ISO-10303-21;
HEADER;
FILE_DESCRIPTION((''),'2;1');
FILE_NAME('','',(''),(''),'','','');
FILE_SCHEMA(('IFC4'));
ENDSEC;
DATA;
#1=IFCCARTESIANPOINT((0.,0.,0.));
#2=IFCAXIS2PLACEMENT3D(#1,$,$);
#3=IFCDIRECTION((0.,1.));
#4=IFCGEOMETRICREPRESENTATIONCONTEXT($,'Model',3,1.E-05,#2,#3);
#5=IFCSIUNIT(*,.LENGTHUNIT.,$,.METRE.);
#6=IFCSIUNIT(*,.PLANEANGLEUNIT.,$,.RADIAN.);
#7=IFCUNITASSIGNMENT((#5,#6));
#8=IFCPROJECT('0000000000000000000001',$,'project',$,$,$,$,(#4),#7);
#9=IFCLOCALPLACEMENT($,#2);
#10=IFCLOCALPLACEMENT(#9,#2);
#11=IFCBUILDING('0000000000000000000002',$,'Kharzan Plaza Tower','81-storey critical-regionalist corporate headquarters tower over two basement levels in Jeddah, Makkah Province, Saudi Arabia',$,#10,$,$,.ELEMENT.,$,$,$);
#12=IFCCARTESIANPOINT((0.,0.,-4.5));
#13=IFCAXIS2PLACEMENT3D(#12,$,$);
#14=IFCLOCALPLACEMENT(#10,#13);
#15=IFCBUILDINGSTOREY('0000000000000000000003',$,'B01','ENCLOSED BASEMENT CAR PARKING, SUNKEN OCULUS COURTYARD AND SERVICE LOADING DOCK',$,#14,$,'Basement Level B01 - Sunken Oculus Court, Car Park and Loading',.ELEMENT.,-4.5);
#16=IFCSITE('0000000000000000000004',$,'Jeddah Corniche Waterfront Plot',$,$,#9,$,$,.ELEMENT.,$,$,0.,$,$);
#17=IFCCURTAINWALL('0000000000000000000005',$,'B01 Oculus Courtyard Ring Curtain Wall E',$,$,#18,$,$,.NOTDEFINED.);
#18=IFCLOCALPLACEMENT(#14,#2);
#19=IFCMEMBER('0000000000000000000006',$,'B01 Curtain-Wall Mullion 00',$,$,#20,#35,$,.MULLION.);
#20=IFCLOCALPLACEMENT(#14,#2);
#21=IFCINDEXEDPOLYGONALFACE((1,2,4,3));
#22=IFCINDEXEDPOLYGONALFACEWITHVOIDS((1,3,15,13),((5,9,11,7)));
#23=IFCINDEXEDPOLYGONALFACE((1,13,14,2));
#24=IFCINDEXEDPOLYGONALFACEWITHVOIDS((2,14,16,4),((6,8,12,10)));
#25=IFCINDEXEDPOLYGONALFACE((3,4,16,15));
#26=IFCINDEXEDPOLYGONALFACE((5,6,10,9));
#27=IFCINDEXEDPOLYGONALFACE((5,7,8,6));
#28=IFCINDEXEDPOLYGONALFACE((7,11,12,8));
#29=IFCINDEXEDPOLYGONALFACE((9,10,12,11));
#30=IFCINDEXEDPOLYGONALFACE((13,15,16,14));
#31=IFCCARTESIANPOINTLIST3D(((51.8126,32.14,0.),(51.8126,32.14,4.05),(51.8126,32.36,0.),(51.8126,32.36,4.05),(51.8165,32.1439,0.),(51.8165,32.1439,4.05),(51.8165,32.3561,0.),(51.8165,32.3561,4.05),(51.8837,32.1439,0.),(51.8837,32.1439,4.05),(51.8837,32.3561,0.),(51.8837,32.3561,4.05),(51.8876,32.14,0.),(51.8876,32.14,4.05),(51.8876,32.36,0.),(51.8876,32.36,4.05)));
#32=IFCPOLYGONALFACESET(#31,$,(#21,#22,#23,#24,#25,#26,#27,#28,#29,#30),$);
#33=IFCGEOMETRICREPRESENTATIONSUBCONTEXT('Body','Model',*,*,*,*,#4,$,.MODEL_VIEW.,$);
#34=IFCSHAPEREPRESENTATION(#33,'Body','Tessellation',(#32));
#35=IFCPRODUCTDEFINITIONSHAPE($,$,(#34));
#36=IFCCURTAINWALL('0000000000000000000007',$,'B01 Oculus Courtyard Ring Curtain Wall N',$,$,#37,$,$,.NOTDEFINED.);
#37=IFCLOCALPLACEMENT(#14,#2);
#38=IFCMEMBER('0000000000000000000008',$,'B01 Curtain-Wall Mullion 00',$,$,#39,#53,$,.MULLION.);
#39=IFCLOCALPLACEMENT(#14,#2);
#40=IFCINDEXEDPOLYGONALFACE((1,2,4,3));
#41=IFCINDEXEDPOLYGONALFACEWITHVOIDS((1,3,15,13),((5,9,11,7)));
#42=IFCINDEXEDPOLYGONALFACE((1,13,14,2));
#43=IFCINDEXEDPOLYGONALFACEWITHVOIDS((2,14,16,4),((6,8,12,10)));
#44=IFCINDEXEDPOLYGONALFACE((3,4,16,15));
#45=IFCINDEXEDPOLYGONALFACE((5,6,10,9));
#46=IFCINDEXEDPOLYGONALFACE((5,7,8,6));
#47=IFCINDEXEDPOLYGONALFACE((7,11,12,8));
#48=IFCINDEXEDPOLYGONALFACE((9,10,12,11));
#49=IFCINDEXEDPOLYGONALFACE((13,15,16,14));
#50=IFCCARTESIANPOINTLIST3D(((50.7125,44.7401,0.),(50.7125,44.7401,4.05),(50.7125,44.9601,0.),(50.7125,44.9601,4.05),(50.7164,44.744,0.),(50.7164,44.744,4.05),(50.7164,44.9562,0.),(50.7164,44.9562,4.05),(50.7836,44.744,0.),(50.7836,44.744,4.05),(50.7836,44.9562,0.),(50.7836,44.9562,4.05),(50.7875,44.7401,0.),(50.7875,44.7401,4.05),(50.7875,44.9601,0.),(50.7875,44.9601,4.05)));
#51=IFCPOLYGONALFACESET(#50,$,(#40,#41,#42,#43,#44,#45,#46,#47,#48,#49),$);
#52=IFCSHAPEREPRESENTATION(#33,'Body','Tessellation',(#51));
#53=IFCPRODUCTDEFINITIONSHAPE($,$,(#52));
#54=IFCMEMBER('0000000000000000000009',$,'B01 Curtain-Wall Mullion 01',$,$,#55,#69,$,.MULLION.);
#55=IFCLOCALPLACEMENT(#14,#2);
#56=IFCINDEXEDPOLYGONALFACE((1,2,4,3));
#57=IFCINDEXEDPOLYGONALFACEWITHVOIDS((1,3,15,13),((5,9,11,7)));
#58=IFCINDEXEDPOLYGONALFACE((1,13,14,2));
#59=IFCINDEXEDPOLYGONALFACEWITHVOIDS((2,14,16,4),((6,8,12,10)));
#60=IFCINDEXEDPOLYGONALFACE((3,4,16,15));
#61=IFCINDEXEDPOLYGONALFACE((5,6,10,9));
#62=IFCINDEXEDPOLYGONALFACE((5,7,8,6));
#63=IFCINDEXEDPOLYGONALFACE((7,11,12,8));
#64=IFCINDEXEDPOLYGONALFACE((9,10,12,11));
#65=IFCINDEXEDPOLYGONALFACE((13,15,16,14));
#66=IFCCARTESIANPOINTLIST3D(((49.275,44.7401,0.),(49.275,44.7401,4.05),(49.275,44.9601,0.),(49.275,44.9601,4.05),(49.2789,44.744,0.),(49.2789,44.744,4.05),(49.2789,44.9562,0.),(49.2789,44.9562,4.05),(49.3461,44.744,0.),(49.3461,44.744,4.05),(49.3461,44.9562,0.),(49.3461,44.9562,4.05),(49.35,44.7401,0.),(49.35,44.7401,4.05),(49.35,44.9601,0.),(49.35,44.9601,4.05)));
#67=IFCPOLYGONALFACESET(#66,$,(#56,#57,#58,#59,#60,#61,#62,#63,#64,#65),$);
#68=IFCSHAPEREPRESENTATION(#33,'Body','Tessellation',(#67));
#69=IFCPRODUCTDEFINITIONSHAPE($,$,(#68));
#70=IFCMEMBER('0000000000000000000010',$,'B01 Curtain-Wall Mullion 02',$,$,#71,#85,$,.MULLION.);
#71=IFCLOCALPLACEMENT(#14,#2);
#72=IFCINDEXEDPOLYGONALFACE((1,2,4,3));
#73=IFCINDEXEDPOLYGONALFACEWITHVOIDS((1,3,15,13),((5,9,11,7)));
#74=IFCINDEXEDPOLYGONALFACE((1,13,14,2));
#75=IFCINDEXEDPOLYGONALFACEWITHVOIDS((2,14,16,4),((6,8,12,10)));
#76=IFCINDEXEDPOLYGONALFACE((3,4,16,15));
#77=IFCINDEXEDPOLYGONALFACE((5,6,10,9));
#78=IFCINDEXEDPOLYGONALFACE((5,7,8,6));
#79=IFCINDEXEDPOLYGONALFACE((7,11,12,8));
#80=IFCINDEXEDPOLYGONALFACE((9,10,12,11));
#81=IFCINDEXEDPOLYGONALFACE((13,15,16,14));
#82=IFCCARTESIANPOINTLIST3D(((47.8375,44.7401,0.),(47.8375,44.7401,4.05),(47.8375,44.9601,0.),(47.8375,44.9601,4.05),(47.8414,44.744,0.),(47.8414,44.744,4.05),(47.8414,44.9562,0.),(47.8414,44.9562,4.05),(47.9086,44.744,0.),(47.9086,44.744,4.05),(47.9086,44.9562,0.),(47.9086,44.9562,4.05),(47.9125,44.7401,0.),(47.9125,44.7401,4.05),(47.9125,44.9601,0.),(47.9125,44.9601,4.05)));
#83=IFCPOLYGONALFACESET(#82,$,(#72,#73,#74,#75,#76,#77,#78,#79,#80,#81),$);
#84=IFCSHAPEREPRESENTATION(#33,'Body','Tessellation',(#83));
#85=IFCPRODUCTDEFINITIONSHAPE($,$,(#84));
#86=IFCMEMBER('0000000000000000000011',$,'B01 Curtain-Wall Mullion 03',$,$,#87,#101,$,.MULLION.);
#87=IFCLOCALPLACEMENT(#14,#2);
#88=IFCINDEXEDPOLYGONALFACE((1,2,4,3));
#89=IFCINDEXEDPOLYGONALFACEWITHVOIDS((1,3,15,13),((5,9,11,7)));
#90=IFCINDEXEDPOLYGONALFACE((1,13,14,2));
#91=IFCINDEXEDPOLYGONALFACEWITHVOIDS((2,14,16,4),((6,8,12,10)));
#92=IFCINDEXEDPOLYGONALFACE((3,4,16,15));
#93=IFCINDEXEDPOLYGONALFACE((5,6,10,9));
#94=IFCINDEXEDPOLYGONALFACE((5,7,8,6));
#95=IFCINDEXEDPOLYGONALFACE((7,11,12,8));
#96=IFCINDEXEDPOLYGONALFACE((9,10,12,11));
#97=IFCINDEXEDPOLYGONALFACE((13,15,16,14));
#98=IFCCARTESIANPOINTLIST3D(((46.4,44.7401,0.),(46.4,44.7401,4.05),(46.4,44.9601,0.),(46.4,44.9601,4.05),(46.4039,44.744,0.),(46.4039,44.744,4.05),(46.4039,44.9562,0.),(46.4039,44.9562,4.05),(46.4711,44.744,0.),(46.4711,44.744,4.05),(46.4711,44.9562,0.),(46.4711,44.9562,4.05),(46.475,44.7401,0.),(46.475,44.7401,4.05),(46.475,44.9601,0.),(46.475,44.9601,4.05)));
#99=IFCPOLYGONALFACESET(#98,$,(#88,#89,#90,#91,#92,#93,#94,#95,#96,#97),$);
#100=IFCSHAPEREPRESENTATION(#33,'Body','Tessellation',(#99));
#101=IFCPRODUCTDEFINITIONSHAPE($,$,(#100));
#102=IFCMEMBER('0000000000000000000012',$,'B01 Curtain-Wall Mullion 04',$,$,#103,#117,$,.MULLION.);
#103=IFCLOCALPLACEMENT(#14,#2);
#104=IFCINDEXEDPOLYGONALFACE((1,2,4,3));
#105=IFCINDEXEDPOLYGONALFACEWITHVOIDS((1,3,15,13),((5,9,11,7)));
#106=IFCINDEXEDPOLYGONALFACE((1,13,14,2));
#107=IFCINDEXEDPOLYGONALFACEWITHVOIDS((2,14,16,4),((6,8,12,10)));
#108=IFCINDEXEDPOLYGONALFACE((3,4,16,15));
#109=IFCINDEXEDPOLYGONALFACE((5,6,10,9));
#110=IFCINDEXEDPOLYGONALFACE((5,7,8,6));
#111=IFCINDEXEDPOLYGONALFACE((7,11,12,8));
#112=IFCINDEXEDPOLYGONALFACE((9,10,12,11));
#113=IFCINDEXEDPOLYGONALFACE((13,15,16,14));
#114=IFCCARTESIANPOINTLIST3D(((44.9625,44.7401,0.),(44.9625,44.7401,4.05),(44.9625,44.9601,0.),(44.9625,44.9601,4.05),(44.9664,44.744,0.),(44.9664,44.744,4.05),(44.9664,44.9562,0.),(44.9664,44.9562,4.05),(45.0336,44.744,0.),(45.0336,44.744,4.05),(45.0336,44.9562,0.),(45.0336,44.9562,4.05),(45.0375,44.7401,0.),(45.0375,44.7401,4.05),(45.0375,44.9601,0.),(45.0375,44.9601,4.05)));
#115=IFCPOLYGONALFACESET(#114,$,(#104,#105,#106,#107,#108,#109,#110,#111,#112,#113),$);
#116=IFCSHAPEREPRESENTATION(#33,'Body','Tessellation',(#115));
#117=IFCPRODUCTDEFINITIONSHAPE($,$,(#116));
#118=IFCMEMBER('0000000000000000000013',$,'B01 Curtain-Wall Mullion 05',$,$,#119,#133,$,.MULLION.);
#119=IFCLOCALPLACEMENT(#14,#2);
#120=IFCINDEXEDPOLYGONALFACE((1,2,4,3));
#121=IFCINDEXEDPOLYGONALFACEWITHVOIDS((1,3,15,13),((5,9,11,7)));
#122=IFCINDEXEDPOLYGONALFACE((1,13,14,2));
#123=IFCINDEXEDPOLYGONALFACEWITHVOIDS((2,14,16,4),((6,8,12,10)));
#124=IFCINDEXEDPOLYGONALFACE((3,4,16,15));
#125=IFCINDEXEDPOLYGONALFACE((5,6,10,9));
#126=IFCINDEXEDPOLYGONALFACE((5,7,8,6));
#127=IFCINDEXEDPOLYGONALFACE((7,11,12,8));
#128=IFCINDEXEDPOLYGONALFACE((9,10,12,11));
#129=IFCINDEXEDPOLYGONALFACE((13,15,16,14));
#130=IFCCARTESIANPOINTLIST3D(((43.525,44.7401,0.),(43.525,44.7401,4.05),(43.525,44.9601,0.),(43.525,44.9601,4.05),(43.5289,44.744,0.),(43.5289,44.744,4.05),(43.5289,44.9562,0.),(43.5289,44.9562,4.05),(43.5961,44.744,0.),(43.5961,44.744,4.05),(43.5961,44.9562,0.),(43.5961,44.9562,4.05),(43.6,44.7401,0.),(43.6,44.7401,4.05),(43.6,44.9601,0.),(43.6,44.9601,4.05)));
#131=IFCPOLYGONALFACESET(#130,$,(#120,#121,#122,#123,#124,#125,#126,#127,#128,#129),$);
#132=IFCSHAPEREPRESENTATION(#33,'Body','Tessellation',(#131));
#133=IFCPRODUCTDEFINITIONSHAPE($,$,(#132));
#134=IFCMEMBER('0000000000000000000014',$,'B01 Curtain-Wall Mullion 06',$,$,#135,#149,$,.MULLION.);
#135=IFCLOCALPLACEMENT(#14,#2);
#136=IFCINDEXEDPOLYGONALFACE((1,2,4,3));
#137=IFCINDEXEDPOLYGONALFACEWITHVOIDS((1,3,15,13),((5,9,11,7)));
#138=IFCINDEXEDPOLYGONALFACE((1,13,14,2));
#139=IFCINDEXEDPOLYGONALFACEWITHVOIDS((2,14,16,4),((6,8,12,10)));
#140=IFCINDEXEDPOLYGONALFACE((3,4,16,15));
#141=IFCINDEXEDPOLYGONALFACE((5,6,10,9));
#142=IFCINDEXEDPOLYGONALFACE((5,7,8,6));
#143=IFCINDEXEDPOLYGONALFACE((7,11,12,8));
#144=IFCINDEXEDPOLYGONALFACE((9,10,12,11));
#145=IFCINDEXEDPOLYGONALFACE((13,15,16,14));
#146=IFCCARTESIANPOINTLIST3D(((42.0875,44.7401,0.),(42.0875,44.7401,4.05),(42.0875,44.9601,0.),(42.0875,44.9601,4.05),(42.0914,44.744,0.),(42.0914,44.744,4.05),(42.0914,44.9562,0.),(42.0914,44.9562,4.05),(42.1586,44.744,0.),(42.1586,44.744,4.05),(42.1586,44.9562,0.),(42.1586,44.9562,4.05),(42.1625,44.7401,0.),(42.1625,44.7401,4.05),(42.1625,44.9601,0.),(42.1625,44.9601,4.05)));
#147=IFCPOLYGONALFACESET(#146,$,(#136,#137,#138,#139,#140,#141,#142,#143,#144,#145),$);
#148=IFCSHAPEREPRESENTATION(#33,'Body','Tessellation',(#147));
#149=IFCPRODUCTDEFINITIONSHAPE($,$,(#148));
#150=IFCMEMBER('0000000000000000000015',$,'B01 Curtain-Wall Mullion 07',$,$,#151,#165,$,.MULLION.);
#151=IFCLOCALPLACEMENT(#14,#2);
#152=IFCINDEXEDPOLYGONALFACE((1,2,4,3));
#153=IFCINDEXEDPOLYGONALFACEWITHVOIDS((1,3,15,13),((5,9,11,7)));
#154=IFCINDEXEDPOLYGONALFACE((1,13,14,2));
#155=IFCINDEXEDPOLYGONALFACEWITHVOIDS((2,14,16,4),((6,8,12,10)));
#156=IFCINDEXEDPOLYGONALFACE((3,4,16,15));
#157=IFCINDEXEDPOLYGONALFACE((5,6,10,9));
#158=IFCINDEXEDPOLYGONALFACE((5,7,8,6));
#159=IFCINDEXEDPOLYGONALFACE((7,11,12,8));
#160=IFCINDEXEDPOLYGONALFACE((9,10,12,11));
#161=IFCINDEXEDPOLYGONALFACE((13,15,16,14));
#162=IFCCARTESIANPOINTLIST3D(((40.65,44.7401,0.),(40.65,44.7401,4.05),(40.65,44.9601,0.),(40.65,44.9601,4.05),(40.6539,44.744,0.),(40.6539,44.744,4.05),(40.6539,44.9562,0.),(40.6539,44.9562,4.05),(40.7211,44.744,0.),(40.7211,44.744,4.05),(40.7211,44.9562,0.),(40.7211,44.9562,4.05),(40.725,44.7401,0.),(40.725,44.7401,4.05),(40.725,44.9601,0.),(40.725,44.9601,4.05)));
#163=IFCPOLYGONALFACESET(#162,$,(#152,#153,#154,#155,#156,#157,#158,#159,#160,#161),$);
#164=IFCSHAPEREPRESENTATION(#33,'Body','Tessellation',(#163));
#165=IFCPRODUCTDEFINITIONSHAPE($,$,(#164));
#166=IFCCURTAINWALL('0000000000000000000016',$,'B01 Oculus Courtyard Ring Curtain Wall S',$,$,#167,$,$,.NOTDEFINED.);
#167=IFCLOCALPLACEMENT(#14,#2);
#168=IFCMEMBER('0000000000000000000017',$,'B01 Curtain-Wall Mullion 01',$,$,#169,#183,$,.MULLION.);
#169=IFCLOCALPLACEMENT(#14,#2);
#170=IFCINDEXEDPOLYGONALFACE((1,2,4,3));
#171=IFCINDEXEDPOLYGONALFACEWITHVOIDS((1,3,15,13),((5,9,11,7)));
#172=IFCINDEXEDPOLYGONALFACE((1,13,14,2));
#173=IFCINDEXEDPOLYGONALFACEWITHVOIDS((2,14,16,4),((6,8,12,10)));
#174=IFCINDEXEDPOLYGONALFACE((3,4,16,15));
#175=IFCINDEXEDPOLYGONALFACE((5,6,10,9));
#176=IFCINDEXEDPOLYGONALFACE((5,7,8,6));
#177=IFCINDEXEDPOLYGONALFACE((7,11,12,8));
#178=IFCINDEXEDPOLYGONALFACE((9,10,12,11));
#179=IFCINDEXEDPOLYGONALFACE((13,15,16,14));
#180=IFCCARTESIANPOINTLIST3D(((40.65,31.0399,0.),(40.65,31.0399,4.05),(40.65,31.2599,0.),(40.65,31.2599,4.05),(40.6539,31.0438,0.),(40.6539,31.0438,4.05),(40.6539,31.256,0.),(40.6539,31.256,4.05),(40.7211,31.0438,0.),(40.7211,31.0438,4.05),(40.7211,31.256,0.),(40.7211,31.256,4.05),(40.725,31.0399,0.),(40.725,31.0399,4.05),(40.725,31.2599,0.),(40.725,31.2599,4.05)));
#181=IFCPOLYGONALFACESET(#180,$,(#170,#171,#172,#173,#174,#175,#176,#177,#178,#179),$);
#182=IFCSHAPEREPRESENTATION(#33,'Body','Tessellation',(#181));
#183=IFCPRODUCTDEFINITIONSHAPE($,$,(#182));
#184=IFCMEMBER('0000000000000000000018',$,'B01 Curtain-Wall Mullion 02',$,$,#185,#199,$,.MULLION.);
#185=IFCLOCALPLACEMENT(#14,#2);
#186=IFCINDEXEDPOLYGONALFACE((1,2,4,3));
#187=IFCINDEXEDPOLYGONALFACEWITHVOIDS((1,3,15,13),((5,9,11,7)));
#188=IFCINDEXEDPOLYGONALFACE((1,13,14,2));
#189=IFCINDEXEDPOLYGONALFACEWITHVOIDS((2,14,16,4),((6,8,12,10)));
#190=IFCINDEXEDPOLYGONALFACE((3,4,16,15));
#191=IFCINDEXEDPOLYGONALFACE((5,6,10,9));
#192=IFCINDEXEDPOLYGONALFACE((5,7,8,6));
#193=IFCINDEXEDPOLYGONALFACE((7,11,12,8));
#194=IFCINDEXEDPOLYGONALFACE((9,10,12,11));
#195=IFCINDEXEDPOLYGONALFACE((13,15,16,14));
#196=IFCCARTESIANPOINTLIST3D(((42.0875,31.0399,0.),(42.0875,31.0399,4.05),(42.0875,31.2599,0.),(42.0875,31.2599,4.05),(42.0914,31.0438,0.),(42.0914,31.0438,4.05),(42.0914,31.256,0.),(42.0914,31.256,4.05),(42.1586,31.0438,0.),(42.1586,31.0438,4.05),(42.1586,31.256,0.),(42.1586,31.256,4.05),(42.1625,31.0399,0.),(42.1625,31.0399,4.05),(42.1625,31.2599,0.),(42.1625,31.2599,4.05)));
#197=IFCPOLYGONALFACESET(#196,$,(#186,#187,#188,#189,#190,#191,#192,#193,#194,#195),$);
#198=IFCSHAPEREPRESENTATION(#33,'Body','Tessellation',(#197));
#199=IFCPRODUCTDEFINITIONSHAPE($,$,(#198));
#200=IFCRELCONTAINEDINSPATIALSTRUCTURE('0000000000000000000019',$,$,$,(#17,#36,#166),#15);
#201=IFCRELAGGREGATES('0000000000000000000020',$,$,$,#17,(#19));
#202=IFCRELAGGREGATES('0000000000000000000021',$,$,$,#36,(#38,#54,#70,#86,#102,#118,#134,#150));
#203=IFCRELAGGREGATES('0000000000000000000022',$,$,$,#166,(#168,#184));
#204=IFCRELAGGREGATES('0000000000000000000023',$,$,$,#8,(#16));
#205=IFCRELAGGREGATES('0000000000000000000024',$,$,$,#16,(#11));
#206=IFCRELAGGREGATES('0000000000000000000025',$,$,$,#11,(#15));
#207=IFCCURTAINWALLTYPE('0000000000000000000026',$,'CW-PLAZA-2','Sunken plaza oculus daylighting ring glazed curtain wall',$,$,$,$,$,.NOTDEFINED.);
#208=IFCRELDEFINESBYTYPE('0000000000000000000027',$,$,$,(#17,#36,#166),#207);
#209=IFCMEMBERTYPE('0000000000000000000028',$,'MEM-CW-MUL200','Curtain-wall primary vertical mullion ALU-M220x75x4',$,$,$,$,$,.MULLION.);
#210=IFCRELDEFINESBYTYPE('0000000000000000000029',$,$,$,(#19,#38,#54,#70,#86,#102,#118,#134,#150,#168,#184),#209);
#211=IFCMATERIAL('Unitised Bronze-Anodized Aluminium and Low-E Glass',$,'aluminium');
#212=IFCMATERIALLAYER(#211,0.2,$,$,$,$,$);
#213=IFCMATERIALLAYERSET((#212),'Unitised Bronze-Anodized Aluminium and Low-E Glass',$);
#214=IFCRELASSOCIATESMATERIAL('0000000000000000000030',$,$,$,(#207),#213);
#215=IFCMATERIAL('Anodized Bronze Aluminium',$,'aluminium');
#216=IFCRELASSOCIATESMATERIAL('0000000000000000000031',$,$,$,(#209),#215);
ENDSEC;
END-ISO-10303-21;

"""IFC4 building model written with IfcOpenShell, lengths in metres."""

from ifc_helpers import new_model, si_unit, direction, frame, origin, origin_2d, place, context, subcontext, project, spatial, hollow_rectangle, extrude, source, transform, mapped, material, layer, layer_set, material_profile, profile_set, type_object, element, aggregate, save


model = new_model("IFC4")

# Units and contexts
model_context = context("Model", 3, precision=1e-05, world=origin(), true_north=direction((0.0, 1.0)))
body_context = subcontext(model_context, "Body", "Model", "MODEL_VIEW")
ifc_project = project(units=[si_unit("LENGTHUNIT", "METRE"), si_unit("PLANEANGLEUNIT", "RADIAN")], contexts=[model_context])

# Site, building, storey
site_placement = place(None, origin())
site = spatial("IfcSite", under=ifc_project, at=site_placement, Name="Jeddah Corniche Waterfront Plot", CompositionType="ELEMENT", RefElevation=0.0)
building_placement = place(site_placement, origin())
building = spatial("IfcBuilding", under=site, at=building_placement, Name="Kharzan Plaza Tower", Description="81-storey critical-regionalist corporate headquarters tower over two basement levels in Jeddah, Makkah Province, Saudi Arabia", CompositionType="ELEMENT")
storey_placement = place(building_placement, frame((0.0, 0.0, -4.5)))
storey = spatial("IfcBuildingStorey", under=building, at=storey_placement, Name="B01", Description="ENCLOSED BASEMENT CAR PARKING, SUNKEN OCULUS COURTYARD AND SERVICE LOADING DOCK", LongName="Basement Level B01 - Sunken Oculus Court, Car Park and Loading", CompositionType="ELEMENT", Elevation=-4.5)

# Curtain wall, member
ifc_material_1 = material(Name="Unitised Bronze-Anodized Aluminium and Low-E Glass", Category="aluminium")
ifc_layer_1 = layer(ifc_material_1, 0.2)
ifc_layer_set_1 = layer_set([ifc_layer_1], Name="Unitised Bronze-Anodized Aluminium and Low-E Glass")
curtain_wall_type = type_object("IfcCurtainWallType", Name="CW-PLAZA-2", Description="Sunken plaza oculus daylighting ring glazed curtain wall", PredefinedType="NOTDEFINED", material=ifc_layer_set_1)
curtain_wall_1_placement = place(storey_placement, origin())
curtain_wall_1 = element("IfcCurtainWall", 1, at=curtain_wall_1_placement, inside=storey, type_object=curtain_wall_type, Name="B01 Oculus Courtyard Ring Curtain Wall E", PredefinedType="NOTDEFINED")
ifc_material_2 = material(Name="Anodized Bronze Aluminium", Category="aluminium")
ifc_material_profile_1 = material_profile(ifc_material_2, hollow_rectangle(XDim=0.075, YDim=0.22, WallThickness=0.0039, at=origin_2d()), Name="ALU-M220x75x4")
ifc_profile_set_1 = profile_set([ifc_material_profile_1], Name="Anodized Bronze Aluminium")
member_type_1 = type_object("IfcMemberType", Name="MEM-CW-MUL200", Description="Curtain-wall primary vertical mullion ALU-M220x75x4", PredefinedType="MULLION", material=ifc_profile_set_1)
shared_shape_1 = source(origin(), body_context, "Body", "SweptSolid", [
    extrude(hollow_rectangle(XDim=0.075, YDim=0.22, WallThickness=0.0039, at=origin_2d()), origin(), (0.0, 0.0, 1.0), 4.05),
])
member_1_placement = place(storey_placement, frame((51.8501, 32.25, 0.0), z_axis=(0.0, 0.0, 1.0), x_axis=(1.0, 0.0, 0.0)))
member_1 = element("IfcMember", 2, at=member_1_placement, type_object=member_type_1, Name="B01 Curtain-Wall Mullion 00", PredefinedType="MULLION", context=body_context, shape_type="MappedRepresentation", body=[
    mapped(shared_shape_1, transform((0.0, 0.0, 0.0), x_axis=(1.0, 0.0, 0.0), y_axis=(0.0, 1.0, 0.0), z_axis=(0.0, 0.0, 1.0))),
])

# Curtain walls, members
curtain_wall_2_placement = place(storey_placement, origin())
curtain_wall_2 = element("IfcCurtainWall", 3, at=curtain_wall_2_placement, inside=storey, type_object=curtain_wall_type, Name="B01 Oculus Courtyard Ring Curtain Wall N", PredefinedType="NOTDEFINED")
member_2_placement = place(storey_placement, frame((50.75, 44.8501, 0.0), z_axis=(0.0, 0.0, 1.0), x_axis=(1.0, 0.0, 0.0)))
member_2 = element("IfcMember", 4, at=member_2_placement, type_object=member_type_1, Name="B01 Curtain-Wall Mullion 00", PredefinedType="MULLION", context=body_context, shape_type="MappedRepresentation", body=[
    mapped(shared_shape_1, transform((0.0, 0.0, 0.0), x_axis=(1.0, 0.0, 0.0), y_axis=(0.0, 1.0, 0.0), z_axis=(0.0, 0.0, 1.0))),
])
member_3_placement = place(storey_placement, frame((49.3125, 44.8501, 0.0), z_axis=(0.0, 0.0, 1.0), x_axis=(1.0, 0.0, 0.0)))
member_3 = element("IfcMember", 5, at=member_3_placement, type_object=member_type_1, Name="B01 Curtain-Wall Mullion 01", PredefinedType="MULLION", context=body_context, shape_type="MappedRepresentation", body=[
    mapped(shared_shape_1, transform((0.0, 0.0, 0.0), x_axis=(1.0, 0.0, 0.0), y_axis=(0.0, 1.0, 0.0), z_axis=(0.0, 0.0, 1.0))),
])
member_4_placement = place(storey_placement, frame((47.875, 44.8501, 0.0), z_axis=(0.0, 0.0, 1.0), x_axis=(1.0, 0.0, 0.0)))
member_4 = element("IfcMember", 6, at=member_4_placement, type_object=member_type_1, Name="B01 Curtain-Wall Mullion 02", PredefinedType="MULLION", context=body_context, shape_type="MappedRepresentation", body=[
    mapped(shared_shape_1, transform((0.0, 0.0, 0.0), x_axis=(1.0, 0.0, 0.0), y_axis=(0.0, 1.0, 0.0), z_axis=(0.0, 0.0, 1.0))),
])
member_5_placement = place(storey_placement, frame((46.4375, 44.8501, 0.0), z_axis=(0.0, 0.0, 1.0), x_axis=(1.0, 0.0, 0.0)))
member_5 = element("IfcMember", 7, at=member_5_placement, type_object=member_type_1, Name="B01 Curtain-Wall Mullion 03", PredefinedType="MULLION", context=body_context, shape_type="MappedRepresentation", body=[
    mapped(shared_shape_1, transform((0.0, 0.0, 0.0), x_axis=(1.0, 0.0, 0.0), y_axis=(0.0, 1.0, 0.0), z_axis=(0.0, 0.0, 1.0))),
])
member_6_placement = place(storey_placement, frame((45.0, 44.8501, 0.0), z_axis=(0.0, 0.0, 1.0), x_axis=(1.0, 0.0, 0.0)))
member_6 = element("IfcMember", 8, at=member_6_placement, type_object=member_type_1, Name="B01 Curtain-Wall Mullion 04", PredefinedType="MULLION", context=body_context, shape_type="MappedRepresentation", body=[
    mapped(shared_shape_1, transform((0.0, 0.0, 0.0), x_axis=(1.0, 0.0, 0.0), y_axis=(0.0, 1.0, 0.0), z_axis=(0.0, 0.0, 1.0))),
])
member_7_placement = place(storey_placement, frame((43.5625, 44.8501, 0.0), z_axis=(0.0, 0.0, 1.0), x_axis=(1.0, 0.0, 0.0)))
member_7 = element("IfcMember", 9, at=member_7_placement, type_object=member_type_1, Name="B01 Curtain-Wall Mullion 05", PredefinedType="MULLION", context=body_context, shape_type="MappedRepresentation", body=[
    mapped(shared_shape_1, transform((0.0, 0.0, 0.0), x_axis=(1.0, 0.0, 0.0), y_axis=(0.0, 1.0, 0.0), z_axis=(0.0, 0.0, 1.0))),
])
member_8_placement = place(storey_placement, frame((42.125, 44.8501, 0.0), z_axis=(0.0, 0.0, 1.0), x_axis=(1.0, 0.0, 0.0)))
member_8 = element("IfcMember", 10, at=member_8_placement, type_object=member_type_1, Name="B01 Curtain-Wall Mullion 06", PredefinedType="MULLION", context=body_context, shape_type="MappedRepresentation", body=[
    mapped(shared_shape_1, transform((0.0, 0.0, 0.0), x_axis=(1.0, 0.0, 0.0), y_axis=(0.0, 1.0, 0.0), z_axis=(0.0, 0.0, 1.0))),
])
member_9_placement = place(storey_placement, frame((40.6875, 44.8501, 0.0), z_axis=(0.0, 0.0, 1.0), x_axis=(1.0, 0.0, 0.0)))
member_9 = element("IfcMember", 11, at=member_9_placement, type_object=member_type_1, Name="B01 Curtain-Wall Mullion 07", PredefinedType="MULLION", context=body_context, shape_type="MappedRepresentation", body=[
    mapped(shared_shape_1, transform((0.0, 0.0, 0.0), x_axis=(1.0, 0.0, 0.0), y_axis=(0.0, 1.0, 0.0), z_axis=(0.0, 0.0, 1.0))),
])
curtain_wall_3_placement = place(storey_placement, origin())
curtain_wall_3 = element("IfcCurtainWall", 12, at=curtain_wall_3_placement, inside=storey, type_object=curtain_wall_type, Name="B01 Oculus Courtyard Ring Curtain Wall S", PredefinedType="NOTDEFINED")
member_10_placement = place(storey_placement, frame((40.6875, 31.1499, 0.0), z_axis=(0.0, 0.0, 1.0), x_axis=(1.0, 0.0, 0.0)))
member_10 = element("IfcMember", 13, at=member_10_placement, type_object=member_type_1, Name="B01 Curtain-Wall Mullion 01", PredefinedType="MULLION", context=body_context, shape_type="MappedRepresentation", body=[
    mapped(shared_shape_1, transform((0.0, 0.0, 0.0), x_axis=(1.0, 0.0, 0.0), y_axis=(0.0, 1.0, 0.0), z_axis=(0.0, 0.0, 1.0))),
])
member_11_placement = place(storey_placement, frame((42.125, 31.1499, 0.0), z_axis=(0.0, 0.0, 1.0), x_axis=(1.0, 0.0, 0.0)))
member_11 = element("IfcMember", 14, at=member_11_placement, type_object=member_type_1, Name="B01 Curtain-Wall Mullion 02", PredefinedType="MULLION", context=body_context, shape_type="MappedRepresentation", body=[
    mapped(shared_shape_1, transform((0.0, 0.0, 0.0), x_axis=(1.0, 0.0, 0.0), y_axis=(0.0, 1.0, 0.0), z_axis=(0.0, 0.0, 1.0))),
])

aggregate(curtain_wall_1, [member_1])

aggregate(curtain_wall_2, [member_2, member_3, member_4, member_5, member_6, member_7, member_8, member_9])
aggregate(curtain_wall_3, [member_10, member_11])

save(model, "model.ifc")
